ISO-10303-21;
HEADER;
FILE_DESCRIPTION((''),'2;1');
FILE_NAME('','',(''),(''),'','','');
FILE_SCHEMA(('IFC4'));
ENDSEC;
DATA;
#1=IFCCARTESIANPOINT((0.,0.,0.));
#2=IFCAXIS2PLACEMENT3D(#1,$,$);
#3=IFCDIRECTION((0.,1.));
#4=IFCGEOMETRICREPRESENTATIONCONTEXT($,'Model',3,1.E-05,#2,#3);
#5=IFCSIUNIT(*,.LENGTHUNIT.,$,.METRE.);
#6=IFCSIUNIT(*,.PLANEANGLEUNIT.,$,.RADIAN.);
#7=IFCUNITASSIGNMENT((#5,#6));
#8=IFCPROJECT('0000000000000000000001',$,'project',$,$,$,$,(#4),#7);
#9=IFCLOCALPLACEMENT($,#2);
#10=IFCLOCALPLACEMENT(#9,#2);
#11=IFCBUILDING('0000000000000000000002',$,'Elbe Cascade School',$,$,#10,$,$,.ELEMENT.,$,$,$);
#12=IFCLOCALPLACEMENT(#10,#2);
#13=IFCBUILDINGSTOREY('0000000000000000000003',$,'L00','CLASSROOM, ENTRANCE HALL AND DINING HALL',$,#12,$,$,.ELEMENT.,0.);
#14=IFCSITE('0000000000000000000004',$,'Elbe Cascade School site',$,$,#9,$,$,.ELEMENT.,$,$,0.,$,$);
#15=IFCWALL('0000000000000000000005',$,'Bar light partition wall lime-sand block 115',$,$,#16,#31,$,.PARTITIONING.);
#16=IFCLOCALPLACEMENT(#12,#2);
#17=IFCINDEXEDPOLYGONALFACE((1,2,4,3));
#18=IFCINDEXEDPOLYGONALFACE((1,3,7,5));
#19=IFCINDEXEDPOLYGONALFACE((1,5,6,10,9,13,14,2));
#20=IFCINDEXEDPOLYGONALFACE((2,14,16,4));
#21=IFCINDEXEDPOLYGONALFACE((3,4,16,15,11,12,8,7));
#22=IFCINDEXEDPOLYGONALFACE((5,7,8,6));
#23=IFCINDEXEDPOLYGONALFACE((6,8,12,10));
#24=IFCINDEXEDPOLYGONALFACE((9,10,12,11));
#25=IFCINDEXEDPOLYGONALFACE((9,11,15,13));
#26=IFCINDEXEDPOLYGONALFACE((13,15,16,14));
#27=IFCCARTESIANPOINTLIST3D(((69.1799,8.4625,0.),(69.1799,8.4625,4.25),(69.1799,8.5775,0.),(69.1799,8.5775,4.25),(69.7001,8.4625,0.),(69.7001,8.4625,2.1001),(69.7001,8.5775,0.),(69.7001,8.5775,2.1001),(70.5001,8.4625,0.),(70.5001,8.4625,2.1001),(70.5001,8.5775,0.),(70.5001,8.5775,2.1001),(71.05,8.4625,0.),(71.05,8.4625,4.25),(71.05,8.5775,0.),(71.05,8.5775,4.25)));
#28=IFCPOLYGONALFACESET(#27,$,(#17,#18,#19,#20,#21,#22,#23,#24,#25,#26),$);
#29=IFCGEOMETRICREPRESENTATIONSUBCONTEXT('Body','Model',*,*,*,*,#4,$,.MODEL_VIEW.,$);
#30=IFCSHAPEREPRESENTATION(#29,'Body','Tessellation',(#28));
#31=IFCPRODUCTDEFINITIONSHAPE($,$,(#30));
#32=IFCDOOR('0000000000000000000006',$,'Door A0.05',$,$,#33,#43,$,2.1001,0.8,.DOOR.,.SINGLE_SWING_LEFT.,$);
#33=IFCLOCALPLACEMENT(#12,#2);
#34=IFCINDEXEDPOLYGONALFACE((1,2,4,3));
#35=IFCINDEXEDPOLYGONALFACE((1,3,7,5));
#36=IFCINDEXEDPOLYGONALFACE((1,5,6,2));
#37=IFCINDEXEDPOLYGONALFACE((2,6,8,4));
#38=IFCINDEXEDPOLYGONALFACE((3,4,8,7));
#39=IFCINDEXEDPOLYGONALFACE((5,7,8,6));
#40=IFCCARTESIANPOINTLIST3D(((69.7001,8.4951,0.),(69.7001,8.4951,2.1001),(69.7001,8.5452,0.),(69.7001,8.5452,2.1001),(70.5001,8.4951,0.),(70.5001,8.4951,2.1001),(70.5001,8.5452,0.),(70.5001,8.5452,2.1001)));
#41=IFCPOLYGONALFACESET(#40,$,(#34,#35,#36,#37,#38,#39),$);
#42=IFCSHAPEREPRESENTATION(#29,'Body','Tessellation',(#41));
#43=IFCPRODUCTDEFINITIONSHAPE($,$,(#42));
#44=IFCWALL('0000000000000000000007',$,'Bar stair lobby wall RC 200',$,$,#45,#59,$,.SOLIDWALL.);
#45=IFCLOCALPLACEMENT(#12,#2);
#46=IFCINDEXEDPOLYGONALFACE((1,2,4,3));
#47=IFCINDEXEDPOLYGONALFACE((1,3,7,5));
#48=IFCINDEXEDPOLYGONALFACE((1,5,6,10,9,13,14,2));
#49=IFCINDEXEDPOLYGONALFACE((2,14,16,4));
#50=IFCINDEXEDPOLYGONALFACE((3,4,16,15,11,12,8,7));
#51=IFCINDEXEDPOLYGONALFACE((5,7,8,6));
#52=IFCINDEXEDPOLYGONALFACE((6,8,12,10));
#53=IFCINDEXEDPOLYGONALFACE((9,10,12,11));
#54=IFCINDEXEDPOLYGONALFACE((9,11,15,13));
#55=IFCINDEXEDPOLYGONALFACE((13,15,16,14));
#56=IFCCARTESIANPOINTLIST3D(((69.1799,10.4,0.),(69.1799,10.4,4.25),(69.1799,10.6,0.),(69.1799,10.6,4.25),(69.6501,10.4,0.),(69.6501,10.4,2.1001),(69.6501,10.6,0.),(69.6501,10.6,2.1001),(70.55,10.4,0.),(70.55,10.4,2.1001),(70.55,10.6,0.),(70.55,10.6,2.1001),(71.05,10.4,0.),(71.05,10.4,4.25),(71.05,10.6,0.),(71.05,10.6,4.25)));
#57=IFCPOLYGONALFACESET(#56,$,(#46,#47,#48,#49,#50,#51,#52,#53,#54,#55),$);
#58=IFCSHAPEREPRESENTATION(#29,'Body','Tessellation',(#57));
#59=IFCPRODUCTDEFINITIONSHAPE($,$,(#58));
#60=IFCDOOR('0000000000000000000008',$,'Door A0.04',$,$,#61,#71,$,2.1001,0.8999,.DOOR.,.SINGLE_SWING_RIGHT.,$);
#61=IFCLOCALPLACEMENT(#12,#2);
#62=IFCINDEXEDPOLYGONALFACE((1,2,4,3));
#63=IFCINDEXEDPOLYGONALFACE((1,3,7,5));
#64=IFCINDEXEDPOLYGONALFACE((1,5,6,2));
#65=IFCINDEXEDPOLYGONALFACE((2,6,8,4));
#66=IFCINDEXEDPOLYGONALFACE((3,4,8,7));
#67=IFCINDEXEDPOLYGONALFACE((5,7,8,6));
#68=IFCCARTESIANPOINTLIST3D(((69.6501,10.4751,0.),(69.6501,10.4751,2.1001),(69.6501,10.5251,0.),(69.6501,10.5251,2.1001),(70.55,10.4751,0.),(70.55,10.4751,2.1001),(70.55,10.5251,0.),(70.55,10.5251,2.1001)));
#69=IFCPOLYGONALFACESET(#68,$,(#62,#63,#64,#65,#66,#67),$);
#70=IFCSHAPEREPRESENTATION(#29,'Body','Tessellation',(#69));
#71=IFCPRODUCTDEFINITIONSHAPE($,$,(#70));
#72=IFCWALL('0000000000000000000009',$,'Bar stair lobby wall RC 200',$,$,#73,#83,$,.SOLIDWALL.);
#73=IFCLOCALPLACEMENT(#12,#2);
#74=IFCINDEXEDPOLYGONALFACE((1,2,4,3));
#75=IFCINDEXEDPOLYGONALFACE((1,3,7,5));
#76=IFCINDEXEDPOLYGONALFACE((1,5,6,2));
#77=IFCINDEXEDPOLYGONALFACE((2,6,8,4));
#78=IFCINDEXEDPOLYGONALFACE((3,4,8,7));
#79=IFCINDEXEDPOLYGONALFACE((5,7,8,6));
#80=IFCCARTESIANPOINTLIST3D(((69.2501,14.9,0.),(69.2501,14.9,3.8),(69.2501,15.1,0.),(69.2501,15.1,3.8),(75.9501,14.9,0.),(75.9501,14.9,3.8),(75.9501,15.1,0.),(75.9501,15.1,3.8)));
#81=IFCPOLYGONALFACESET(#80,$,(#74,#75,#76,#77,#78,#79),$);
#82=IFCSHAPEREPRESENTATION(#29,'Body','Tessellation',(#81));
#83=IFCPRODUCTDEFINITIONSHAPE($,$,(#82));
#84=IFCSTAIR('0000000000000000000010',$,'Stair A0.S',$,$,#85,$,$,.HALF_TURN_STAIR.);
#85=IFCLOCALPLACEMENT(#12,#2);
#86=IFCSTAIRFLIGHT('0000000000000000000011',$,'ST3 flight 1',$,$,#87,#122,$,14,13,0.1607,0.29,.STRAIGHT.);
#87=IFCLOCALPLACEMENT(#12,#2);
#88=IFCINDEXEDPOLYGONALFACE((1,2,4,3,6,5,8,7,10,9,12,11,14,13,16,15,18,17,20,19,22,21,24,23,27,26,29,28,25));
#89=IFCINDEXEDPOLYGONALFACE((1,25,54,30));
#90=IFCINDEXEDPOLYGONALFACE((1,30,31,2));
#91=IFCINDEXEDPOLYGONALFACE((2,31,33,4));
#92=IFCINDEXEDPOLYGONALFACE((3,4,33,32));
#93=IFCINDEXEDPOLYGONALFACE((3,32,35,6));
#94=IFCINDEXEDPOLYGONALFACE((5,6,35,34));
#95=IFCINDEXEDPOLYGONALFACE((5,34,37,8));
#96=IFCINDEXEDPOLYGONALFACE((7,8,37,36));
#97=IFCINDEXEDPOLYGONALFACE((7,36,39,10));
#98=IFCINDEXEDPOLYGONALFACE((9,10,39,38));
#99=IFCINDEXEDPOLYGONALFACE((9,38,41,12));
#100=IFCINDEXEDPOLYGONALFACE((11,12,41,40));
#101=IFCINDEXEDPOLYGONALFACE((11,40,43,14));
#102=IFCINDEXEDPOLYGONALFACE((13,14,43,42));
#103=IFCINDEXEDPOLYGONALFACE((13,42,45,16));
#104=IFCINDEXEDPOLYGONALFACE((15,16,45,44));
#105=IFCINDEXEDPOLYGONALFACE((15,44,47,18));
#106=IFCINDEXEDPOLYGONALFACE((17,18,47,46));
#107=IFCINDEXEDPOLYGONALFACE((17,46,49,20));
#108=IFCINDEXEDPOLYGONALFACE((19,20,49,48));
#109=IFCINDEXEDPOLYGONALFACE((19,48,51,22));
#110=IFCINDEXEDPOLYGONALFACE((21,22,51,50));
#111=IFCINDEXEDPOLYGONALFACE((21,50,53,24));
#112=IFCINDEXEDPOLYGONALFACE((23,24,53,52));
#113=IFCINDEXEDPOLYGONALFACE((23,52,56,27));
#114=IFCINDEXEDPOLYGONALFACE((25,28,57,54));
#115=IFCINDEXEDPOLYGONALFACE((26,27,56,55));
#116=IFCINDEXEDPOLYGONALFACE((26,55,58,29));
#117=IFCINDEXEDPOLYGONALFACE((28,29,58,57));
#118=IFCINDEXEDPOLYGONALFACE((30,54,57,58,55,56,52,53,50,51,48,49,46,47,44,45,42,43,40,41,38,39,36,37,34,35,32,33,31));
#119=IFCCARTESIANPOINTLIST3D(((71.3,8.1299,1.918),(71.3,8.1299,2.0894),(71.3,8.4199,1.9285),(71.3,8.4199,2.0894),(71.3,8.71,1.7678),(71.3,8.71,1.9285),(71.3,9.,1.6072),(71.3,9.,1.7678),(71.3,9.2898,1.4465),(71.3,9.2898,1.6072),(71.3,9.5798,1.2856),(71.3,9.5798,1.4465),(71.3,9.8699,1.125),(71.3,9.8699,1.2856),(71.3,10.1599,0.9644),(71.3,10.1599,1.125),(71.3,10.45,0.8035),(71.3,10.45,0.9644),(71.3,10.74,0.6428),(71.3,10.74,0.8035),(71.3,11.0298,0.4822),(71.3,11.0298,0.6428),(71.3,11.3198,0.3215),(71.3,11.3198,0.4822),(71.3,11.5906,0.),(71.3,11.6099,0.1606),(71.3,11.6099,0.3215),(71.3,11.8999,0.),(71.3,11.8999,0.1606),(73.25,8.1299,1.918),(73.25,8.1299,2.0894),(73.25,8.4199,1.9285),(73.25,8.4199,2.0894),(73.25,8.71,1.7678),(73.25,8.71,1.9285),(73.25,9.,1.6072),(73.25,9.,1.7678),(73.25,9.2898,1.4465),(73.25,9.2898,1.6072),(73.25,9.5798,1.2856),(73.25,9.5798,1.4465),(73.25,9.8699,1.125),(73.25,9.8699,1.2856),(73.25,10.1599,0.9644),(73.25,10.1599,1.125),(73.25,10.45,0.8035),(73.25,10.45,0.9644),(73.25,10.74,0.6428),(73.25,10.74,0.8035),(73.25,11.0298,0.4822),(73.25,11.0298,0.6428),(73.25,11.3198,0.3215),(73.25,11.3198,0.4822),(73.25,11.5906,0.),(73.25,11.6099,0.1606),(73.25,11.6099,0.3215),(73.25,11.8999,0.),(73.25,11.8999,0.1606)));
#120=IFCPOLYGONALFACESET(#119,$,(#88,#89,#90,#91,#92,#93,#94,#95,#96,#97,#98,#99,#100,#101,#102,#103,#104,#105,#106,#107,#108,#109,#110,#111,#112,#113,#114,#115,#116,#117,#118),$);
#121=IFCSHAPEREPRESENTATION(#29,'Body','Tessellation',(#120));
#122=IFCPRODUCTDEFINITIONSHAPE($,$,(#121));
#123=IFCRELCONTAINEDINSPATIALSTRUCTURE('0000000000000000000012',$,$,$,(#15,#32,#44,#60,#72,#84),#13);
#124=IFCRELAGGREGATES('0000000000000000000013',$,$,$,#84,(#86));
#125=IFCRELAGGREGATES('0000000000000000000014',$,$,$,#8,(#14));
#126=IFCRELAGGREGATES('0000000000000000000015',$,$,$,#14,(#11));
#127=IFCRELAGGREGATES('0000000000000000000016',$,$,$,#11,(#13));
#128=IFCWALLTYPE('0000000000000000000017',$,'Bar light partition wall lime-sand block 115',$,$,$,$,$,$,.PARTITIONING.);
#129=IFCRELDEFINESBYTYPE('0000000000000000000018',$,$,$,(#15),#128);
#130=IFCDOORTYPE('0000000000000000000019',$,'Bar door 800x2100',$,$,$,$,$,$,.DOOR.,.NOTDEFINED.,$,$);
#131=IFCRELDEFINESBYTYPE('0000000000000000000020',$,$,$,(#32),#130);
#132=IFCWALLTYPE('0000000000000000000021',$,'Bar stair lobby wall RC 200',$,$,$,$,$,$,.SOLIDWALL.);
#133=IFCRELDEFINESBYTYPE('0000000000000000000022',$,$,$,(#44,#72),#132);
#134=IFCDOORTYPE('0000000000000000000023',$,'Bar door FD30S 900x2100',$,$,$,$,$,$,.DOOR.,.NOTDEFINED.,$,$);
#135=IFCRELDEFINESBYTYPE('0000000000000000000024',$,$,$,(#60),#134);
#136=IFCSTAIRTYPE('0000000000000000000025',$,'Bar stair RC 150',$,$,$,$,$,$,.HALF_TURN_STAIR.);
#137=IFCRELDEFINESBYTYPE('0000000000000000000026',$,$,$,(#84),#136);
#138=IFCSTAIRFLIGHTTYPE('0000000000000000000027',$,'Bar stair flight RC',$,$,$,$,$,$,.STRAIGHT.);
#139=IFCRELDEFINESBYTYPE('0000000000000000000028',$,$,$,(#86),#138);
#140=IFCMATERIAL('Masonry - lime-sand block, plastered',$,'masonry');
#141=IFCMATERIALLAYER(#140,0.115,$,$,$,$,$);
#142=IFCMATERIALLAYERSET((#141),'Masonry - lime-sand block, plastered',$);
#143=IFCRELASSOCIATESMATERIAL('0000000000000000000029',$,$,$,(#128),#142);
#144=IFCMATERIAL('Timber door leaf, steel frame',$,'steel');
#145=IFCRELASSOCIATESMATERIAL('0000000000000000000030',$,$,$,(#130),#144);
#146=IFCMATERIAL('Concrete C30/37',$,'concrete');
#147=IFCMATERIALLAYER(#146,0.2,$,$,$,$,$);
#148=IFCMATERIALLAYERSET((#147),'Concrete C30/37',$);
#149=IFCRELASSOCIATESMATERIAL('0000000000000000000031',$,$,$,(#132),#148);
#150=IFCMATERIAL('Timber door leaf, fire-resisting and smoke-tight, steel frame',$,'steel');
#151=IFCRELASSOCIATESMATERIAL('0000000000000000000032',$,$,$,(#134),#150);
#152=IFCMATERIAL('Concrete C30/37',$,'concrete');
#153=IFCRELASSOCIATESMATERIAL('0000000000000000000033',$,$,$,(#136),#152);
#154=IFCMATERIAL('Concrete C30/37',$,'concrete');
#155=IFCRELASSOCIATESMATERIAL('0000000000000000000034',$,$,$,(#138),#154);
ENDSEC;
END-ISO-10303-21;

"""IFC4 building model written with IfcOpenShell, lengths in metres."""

from ifc_helpers import new_model, si_unit, direction, frame, frame_2d, origin, place, context, subcontext, project, spatial, polyline, rectangle, outline, extrude, material, layer, layer_set, type_object, element, fill, aggregate, save


model = new_model("IFC4")

# Units and contexts
model_context = context("Model", 3, precision=1e-05, world=origin(), true_north=direction((0.0, 1.0)))
body_context = subcontext(model_context, "Body", "Model", "MODEL_VIEW")
ifc_project = project(units=[si_unit("LENGTHUNIT", "METRE"), si_unit("PLANEANGLEUNIT", "RADIAN")], contexts=[model_context])

# Site, building, storey
site_placement = place(None, origin())
site = spatial("IfcSite", under=ifc_project, at=site_placement, Name="Elbe Cascade School site", CompositionType="ELEMENT", RefElevation=0.0)
building_placement = place(site_placement, origin())
building = spatial("IfcBuilding", under=site, at=building_placement, Name="Elbe Cascade School", CompositionType="ELEMENT")
storey_placement = place(building_placement, origin())
storey = spatial("IfcBuildingStorey", under=building, at=storey_placement, Name="L00", Description="CLASSROOM, ENTRANCE HALL AND DINING HALL", CompositionType="ELEMENT", Elevation=0.0)

# Walls, openings, doors
ifc_material_1 = material(Name="Masonry - lime-sand block, plastered", Category="masonry")
ifc_layer_1 = layer(ifc_material_1, 0.115)
ifc_layer_set_1 = layer_set([ifc_layer_1], Name="Masonry - lime-sand block, plastered")
wall_type_1 = type_object("IfcWallType", Name="Bar light partition wall lime-sand block 115", PredefinedType="PARTITIONING", material=ifc_layer_set_1)
wall_1_placement = place(storey_placement, frame((71.05, 8.52, 0.0), z_axis=(0.0, 0.0, 1.0), x_axis=(-1.0, 0.0, 0.0)))
wall_1 = element("IfcWall", 1, at=wall_1_placement, inside=storey, type_object=wall_type_1, Name="Bar light partition wall lime-sand block 115", PredefinedType="PARTITIONING", context=body_context, shape_type="SweptSolid", body=[
    extrude(rectangle(XDim=1.8701, YDim=0.115, at=frame_2d((0.9351, 0.0))), origin(), (0.0, 0.0, 1.0), 4.25),
])
opening_1_placement = place(wall_1_placement, frame((0.55, 0.0, 0.0)))
opening_1 = element("IfcOpeningElement", 2, at=opening_1_placement, cuts=wall_1, PredefinedType="OPENING", context=body_context, shape_type="SweptSolid", body=[
    extrude(rectangle(XDim=0.8, YDim=2.1001, at=frame_2d((0.3999, 1.05))), frame((0.0, 0.0674, 0.0), z_axis=(0.0, -1.0, 0.0), x_axis=(1.0, 0.0, 0.0)), (0.0, 0.0, 1.0), 0.135),
])
ifc_material_2 = material(Name="Timber door leaf, steel frame", Category="steel")
door_type_1 = type_object("IfcDoorType", Name="Bar door 800x2100", OperationType="NOTDEFINED", PredefinedType="DOOR", material=ifc_material_2)
door_1_placement = place(opening_1_placement, origin())
door_1 = element("IfcDoor", 3, at=door_1_placement, inside=storey, type_object=door_type_1, Name="Door A0.05", OperationType="SINGLE_SWING_LEFT", OverallHeight=2.1001, OverallWidth=0.8, PredefinedType="DOOR", context=body_context, shape_type="SweptSolid", body=[
    extrude(rectangle(XDim=0.8, YDim=2.1001, at=frame_2d((0.3999, 1.05))), frame((0.0, 0.0249, 0.0), z_axis=(0.0, -1.0, 0.0), x_axis=(1.0, 0.0, 0.0)), (0.0, 0.0, 1.0), 0.05),
])
fill(opening_1, door_1)
ifc_material_3 = material(Name="Concrete C30/37", Category="concrete")
ifc_layer_2 = layer(ifc_material_3, 0.2)
ifc_layer_set_2 = layer_set([ifc_layer_2], Name="Concrete C30/37")
wall_type_2 = type_object("IfcWallType", Name="Bar stair lobby wall RC 200", PredefinedType="SOLIDWALL", material=ifc_layer_set_2)
wall_2_placement = place(storey_placement, frame((71.05, 10.5, 0.0), z_axis=(0.0, 0.0, 1.0), x_axis=(-1.0, 0.0, 0.0)))
wall_2 = element("IfcWall", 4, at=wall_2_placement, inside=storey, type_object=wall_type_2, Name="Bar stair lobby wall RC 200", PredefinedType="SOLIDWALL", context=body_context, shape_type="SweptSolid", body=[
    extrude(rectangle(XDim=1.8701, YDim=0.2, at=frame_2d((0.9351, 0.0))), origin(), (0.0, 0.0, 1.0), 4.25),
])
opening_2_placement = place(wall_2_placement, frame((0.5, 0.0, 0.0)))
opening_2 = element("IfcOpeningElement", 5, at=opening_2_placement, cuts=wall_2, PredefinedType="OPENING", context=body_context, shape_type="SweptSolid", body=[
    extrude(rectangle(XDim=0.8999, YDim=2.1001, at=frame_2d((0.45, 1.05))), frame((0.0, 0.1099, 0.0), z_axis=(0.0, -1.0, 0.0), x_axis=(1.0, 0.0, 0.0)), (0.0, 0.0, 1.0), 0.22),
])
ifc_material_4 = material(Name="Timber door leaf, fire-resisting and smoke-tight, steel frame", Category="steel")
door_type_2 = type_object("IfcDoorType", Name="Bar door FD30S 900x2100", OperationType="NOTDEFINED", PredefinedType="DOOR", material=ifc_material_4)
door_2_placement = place(opening_2_placement, origin())
door_2 = element("IfcDoor", 6, at=door_2_placement, inside=storey, type_object=door_type_2, Name="Door A0.04", OperationType="SINGLE_SWING_RIGHT", OverallHeight=2.1001, OverallWidth=0.8999, PredefinedType="DOOR", context=body_context, shape_type="SweptSolid", body=[
    extrude(rectangle(XDim=0.8999, YDim=2.1001, at=frame_2d((0.45, 1.05))), frame((0.0, 0.0249, 0.0), z_axis=(0.0, -1.0, 0.0), x_axis=(1.0, 0.0, 0.0)), (0.0, 0.0, 1.0), 0.05),
])
fill(opening_2, door_2)

# Wall
wall_3_placement = place(storey_placement, frame((69.25, 15.0, 0.0), z_axis=(0.0, 0.0, 1.0), x_axis=(1.0, 0.0, 0.0)))
element("IfcWall", 7, at=wall_3_placement, inside=storey, type_object=wall_type_2, Name="Bar stair lobby wall RC 200", PredefinedType="SOLIDWALL", context=body_context, shape_type="SweptSolid", body=[
    extrude(rectangle(XDim=6.7, YDim=0.2, at=frame_2d((3.3501, 0.0))), origin(), (0.0, 0.0, 1.0), 3.8),
])

# Stair, stair flight
ifc_material_5 = material(Name="Concrete C30/37", Category="concrete")
stair_type = type_object("IfcStairType", Name="Bar stair RC 150", PredefinedType="HALF_TURN_STAIR", material=ifc_material_5)
stair_placement = place(storey_placement, origin())
stair = element("IfcStair", 8, at=stair_placement, inside=storey, type_object=stair_type, Name="Stair A0.S", PredefinedType="HALF_TURN_STAIR")
ifc_material_6 = material(Name="Concrete C30/37", Category="concrete")
stair_flight_type = type_object("IfcStairFlightType", Name="Bar stair flight RC", PredefinedType="STRAIGHT", material=ifc_material_6)
stair_flight_placement = place(storey_placement, frame((72.2749, 11.8999, 0.0), z_axis=(0.0, 0.0, 1.0), x_axis=(0.0, -1.0, 0.0)))
stair_flight = element("IfcStairFlight", 9, at=stair_flight_placement, type_object=stair_flight_type, Name="ST3 flight 1", NumberOfRisers=14, NumberOfTreads=13, PredefinedType="STRAIGHT", RiserHeight=0.1607, TreadLength=0.29, context=body_context, shape_type="SweptSolid", body=[
    extrude(outline(polyline([(0.0, 0.0), (0.0, 0.1606), (0.29, 0.1606), (0.29, 0.3215), (0.5801, 0.3215), (0.5801, 0.4822), (0.8701, 0.4822), (0.8701, 0.6428), (1.1599, 0.6428), (1.1599, 0.8035), (1.45, 0.8035), (1.45, 0.9644), (1.74, 0.9644), (1.74, 1.125), (2.03, 1.125), (2.03, 1.2856), (2.3201, 1.2856), (2.3201, 1.4465), (2.6101, 1.4465), (2.6101, 1.6072), (2.8999, 1.6072), (2.8999, 1.7678), (3.1899, 1.7678), (3.1899, 1.9285), (3.48, 1.9285), (3.48, 2.0894), (3.77, 2.0894), (3.77, 2.25), (3.77, 1.918), (0.3093, 0.0), (0.0, 0.0)])), frame((0.0, 0.9751, 0.0), z_axis=(0.0, -1.0, 0.0), x_axis=(1.0, 0.0, 0.0)), (0.0, 0.0, 1.0), 1.95),
])
aggregate(stair, [stair_flight])

save(model, "model.ifc")
